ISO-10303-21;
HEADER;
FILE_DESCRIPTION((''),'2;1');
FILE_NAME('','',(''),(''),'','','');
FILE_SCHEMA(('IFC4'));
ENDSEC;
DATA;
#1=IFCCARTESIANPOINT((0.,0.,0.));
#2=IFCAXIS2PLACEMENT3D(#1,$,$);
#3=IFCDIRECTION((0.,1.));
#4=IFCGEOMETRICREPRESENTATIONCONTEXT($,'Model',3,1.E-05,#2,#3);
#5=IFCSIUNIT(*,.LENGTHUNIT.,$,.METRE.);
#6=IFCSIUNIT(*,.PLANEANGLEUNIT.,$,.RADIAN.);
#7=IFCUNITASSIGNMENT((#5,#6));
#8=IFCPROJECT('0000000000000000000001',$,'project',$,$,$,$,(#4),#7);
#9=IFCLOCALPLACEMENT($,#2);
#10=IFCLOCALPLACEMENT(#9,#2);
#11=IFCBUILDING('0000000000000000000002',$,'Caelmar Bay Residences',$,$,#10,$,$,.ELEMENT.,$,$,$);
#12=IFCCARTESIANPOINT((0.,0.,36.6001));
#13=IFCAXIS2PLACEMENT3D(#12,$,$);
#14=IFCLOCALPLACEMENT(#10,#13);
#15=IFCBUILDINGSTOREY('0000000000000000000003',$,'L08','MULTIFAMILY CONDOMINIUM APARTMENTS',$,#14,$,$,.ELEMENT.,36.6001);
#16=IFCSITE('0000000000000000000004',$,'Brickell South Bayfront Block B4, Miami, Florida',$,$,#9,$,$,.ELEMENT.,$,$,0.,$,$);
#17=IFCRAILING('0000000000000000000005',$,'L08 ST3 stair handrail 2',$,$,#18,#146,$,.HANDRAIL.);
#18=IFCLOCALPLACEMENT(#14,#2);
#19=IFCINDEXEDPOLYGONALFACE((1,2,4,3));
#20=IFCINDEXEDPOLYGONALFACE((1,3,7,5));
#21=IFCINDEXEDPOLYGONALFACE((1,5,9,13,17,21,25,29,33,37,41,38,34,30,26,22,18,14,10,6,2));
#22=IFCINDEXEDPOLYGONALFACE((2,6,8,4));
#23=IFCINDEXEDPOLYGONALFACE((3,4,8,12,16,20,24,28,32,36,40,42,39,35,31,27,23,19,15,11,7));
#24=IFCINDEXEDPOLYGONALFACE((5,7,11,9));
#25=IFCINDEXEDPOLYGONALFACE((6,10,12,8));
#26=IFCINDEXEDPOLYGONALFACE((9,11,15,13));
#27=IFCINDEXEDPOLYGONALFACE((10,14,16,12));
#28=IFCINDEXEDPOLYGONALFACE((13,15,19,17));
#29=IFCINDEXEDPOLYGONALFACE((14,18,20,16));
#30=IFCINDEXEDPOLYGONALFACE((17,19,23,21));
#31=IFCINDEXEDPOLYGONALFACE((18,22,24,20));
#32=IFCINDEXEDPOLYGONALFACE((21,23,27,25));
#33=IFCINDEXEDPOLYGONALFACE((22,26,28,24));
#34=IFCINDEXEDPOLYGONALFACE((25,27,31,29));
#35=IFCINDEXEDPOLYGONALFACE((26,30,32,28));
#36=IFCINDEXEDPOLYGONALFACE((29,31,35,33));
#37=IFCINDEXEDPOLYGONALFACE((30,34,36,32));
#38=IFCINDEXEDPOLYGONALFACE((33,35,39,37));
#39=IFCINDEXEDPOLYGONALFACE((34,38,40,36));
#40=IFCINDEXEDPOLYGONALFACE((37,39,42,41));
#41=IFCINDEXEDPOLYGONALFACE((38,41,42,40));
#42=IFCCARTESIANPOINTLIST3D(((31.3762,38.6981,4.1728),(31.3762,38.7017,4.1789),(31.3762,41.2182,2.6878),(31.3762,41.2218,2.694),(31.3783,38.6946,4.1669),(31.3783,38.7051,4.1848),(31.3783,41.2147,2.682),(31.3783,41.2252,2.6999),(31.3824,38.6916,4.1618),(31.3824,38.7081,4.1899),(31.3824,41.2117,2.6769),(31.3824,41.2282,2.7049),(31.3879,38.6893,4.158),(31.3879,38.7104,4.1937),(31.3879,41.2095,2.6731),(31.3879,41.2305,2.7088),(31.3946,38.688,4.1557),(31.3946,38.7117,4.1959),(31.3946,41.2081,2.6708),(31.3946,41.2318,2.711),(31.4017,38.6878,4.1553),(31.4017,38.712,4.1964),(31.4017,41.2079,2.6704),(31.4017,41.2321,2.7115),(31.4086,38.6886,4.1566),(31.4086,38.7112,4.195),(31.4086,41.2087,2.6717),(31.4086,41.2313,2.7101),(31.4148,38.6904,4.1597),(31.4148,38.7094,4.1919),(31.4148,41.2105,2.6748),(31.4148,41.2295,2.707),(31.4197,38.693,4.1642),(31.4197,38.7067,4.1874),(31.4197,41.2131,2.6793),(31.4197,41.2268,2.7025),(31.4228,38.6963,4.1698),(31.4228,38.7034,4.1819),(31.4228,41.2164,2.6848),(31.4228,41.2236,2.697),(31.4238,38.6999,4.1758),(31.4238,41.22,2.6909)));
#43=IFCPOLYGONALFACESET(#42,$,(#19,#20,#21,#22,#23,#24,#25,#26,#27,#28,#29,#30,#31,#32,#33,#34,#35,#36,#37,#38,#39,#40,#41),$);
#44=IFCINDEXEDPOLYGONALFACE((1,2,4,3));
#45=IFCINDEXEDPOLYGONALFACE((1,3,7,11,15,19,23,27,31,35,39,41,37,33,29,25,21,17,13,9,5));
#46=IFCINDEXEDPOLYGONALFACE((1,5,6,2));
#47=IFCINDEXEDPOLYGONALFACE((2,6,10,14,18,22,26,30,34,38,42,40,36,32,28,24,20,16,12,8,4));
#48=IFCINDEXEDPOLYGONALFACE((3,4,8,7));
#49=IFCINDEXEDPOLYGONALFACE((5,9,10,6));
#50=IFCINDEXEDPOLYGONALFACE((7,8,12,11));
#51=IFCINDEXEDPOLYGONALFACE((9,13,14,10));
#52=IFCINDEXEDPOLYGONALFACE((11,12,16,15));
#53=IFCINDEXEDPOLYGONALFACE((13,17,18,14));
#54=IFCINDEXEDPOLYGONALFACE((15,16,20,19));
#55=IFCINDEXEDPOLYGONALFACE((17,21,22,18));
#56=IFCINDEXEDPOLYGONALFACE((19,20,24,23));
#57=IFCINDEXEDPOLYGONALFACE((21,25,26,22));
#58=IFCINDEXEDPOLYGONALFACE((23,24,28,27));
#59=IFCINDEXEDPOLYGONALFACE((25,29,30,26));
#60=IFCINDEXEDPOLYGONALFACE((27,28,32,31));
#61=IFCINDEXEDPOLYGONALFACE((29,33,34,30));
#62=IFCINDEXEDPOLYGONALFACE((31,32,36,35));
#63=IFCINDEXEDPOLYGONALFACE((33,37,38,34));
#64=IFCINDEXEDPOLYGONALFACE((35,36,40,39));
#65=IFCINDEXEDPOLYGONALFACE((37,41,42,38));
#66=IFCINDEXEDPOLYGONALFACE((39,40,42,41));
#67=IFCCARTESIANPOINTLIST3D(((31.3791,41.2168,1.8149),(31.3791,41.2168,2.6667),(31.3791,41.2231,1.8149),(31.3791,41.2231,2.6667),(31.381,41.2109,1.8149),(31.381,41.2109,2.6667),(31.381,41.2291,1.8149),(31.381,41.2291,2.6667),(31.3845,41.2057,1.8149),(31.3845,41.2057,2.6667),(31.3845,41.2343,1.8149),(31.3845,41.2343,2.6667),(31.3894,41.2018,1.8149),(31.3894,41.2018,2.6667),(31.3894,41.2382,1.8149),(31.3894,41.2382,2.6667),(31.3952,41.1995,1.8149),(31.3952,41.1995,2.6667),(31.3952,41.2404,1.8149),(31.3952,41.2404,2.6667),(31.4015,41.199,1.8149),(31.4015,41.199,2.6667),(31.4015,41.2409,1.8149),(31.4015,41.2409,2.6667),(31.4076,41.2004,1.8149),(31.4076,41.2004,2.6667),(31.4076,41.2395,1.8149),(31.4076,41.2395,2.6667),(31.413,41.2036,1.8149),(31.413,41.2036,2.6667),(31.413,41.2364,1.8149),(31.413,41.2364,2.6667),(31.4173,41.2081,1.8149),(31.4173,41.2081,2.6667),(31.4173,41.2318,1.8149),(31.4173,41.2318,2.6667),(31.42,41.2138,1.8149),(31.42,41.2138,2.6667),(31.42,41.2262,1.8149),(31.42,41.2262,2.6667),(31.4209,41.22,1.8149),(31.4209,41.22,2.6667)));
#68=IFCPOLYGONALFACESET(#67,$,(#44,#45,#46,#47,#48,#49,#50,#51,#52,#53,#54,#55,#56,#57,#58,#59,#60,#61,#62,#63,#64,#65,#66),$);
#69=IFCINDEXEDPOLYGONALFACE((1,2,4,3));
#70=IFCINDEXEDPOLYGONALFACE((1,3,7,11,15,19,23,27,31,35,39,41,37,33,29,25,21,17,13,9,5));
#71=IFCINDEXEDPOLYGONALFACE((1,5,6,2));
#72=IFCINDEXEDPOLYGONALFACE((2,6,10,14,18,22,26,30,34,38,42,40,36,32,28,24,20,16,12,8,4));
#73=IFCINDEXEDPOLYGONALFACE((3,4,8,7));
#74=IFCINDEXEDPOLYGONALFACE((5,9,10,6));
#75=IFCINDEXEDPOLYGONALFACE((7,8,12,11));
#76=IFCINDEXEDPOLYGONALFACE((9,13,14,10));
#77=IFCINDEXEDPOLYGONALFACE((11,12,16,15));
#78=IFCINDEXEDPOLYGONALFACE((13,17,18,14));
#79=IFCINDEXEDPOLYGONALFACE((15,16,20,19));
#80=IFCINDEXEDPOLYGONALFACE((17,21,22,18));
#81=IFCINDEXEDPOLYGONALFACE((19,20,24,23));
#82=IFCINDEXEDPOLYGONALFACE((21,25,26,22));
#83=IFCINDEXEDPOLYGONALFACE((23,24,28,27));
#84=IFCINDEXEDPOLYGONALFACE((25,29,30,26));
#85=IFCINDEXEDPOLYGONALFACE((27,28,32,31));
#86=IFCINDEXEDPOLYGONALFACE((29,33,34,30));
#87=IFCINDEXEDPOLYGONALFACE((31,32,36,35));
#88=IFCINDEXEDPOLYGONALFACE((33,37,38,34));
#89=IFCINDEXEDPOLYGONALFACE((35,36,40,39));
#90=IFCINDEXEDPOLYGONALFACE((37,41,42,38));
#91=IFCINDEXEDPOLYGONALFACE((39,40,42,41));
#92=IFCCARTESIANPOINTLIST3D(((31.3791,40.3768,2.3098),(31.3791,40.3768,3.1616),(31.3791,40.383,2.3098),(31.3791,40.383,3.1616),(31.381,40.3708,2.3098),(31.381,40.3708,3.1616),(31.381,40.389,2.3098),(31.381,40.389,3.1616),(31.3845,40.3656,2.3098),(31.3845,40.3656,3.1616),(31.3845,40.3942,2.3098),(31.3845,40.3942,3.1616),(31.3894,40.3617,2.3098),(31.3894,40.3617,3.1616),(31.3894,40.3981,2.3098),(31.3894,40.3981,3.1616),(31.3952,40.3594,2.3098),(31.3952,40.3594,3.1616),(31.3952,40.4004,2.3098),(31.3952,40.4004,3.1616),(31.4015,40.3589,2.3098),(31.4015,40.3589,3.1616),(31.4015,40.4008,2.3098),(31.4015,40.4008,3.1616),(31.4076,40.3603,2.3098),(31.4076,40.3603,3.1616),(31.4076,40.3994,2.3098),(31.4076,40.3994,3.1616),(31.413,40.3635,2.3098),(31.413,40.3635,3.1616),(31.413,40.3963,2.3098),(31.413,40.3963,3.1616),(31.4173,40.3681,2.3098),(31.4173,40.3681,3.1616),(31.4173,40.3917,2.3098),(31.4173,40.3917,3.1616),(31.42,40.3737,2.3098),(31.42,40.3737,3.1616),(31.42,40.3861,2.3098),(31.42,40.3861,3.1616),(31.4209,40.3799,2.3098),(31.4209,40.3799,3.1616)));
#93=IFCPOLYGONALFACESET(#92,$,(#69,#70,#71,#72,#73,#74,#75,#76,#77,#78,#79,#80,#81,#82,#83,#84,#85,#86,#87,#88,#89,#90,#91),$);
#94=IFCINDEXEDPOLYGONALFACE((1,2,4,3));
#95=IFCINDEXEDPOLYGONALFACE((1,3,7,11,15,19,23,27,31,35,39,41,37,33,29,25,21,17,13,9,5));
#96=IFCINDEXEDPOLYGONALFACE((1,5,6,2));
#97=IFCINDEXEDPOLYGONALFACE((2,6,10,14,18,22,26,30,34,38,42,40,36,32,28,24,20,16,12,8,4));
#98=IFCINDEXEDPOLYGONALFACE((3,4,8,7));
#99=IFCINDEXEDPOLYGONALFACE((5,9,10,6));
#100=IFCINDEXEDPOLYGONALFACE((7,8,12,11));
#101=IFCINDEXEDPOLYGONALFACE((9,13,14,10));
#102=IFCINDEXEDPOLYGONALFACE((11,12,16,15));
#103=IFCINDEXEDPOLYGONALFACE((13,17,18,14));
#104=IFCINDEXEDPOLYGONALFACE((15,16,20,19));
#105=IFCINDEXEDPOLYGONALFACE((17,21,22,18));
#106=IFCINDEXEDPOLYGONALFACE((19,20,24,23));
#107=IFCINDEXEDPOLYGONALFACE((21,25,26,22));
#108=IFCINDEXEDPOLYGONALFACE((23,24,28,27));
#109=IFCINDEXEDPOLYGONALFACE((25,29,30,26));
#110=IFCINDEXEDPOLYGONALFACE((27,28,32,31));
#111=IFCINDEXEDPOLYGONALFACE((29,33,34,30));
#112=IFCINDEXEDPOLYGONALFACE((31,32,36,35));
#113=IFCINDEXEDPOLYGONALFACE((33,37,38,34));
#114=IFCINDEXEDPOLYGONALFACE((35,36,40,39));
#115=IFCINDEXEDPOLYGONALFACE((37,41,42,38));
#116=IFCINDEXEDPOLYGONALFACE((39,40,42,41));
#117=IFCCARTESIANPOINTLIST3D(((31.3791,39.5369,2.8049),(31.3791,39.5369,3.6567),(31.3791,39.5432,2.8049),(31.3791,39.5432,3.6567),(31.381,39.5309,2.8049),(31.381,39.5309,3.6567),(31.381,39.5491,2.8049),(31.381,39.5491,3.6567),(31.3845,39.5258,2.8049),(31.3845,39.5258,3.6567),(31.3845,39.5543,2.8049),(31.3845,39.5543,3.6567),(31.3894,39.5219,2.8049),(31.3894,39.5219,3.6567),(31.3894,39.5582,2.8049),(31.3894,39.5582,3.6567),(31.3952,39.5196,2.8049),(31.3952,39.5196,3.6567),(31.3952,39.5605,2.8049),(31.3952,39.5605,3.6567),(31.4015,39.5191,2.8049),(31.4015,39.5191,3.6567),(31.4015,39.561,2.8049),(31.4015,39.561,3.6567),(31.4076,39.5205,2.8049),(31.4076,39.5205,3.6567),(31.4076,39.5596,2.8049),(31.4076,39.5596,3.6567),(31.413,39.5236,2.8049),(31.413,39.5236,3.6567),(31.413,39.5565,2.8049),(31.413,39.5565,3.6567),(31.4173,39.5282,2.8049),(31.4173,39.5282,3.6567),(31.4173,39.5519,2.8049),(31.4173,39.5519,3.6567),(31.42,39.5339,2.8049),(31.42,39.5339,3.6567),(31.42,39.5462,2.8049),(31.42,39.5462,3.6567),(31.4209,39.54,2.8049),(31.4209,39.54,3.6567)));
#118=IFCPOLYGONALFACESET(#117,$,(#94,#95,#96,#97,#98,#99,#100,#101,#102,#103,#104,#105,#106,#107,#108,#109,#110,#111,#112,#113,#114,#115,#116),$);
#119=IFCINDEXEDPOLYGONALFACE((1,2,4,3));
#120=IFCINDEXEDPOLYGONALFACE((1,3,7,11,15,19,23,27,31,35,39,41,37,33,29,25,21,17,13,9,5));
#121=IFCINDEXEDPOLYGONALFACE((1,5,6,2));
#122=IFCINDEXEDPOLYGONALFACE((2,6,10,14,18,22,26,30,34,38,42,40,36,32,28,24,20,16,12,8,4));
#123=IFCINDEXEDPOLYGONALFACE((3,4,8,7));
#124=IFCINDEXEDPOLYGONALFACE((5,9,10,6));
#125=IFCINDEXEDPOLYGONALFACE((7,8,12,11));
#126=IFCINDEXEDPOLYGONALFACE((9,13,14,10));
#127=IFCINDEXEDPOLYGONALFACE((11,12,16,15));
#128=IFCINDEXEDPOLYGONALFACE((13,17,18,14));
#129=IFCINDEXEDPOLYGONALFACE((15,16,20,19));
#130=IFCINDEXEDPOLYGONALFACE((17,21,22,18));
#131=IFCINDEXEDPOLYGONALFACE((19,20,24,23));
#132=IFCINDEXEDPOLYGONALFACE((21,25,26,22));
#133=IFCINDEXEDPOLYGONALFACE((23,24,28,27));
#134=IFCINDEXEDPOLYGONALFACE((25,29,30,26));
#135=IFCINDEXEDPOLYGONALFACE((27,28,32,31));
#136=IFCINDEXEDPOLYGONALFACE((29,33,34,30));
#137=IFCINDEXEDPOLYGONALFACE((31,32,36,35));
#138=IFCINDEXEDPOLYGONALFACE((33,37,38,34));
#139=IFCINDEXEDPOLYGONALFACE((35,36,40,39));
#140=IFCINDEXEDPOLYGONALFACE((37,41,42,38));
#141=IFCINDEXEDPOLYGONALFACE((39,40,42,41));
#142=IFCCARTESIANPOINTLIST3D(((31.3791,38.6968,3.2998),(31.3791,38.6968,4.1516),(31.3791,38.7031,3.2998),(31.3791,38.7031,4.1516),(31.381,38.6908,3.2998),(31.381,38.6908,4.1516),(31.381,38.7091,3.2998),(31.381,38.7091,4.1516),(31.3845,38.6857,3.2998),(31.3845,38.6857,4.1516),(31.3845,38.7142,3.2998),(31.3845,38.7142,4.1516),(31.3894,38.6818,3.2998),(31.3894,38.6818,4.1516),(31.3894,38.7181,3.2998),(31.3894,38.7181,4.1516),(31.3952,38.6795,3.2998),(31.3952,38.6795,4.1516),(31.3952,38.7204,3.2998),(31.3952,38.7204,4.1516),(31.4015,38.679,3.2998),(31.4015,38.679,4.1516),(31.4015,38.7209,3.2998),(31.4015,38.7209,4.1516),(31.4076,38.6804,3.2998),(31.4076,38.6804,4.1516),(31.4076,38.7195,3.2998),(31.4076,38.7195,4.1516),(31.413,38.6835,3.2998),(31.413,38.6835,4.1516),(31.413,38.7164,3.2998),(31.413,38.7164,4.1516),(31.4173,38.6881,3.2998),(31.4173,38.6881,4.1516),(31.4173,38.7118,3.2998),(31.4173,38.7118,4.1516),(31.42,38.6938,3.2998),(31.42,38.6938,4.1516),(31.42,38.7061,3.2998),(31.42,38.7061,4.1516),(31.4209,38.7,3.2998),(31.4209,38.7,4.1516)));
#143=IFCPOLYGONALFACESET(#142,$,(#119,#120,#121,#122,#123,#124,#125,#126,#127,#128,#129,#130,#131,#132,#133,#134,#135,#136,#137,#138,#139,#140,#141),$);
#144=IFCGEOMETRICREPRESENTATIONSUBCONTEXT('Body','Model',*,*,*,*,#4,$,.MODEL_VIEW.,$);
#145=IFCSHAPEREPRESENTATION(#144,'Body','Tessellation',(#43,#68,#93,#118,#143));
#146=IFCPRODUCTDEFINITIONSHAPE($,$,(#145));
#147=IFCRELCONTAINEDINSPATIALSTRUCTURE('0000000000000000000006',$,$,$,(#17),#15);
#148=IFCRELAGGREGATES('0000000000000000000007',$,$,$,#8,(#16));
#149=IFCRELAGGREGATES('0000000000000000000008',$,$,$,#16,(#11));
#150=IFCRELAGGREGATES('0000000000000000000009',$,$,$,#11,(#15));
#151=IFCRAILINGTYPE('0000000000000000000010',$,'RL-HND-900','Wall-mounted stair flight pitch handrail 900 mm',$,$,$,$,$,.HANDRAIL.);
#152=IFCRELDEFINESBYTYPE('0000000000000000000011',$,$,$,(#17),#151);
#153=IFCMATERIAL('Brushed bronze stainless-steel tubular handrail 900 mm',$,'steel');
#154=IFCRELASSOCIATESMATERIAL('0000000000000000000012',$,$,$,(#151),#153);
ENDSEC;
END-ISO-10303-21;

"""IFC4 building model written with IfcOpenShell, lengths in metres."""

from ifc_helpers import new_model, si_unit, direction, frame, origin, origin_2d, place, context, subcontext, project, spatial, circle, extrude, material, type_object, element, save


model = new_model("IFC4")

# Units and contexts
model_context = context("Model", 3, precision=1e-05, world=origin(), true_north=direction((0.0, 1.0)))
body_context = subcontext(model_context, "Body", "Model", "MODEL_VIEW")
ifc_project = project(units=[si_unit("LENGTHUNIT", "METRE"), si_unit("PLANEANGLEUNIT", "RADIAN")], contexts=[model_context])

# Site, building, storey
site_placement = place(None, origin())
site = spatial("IfcSite", under=ifc_project, at=site_placement, Name="Brickell South Bayfront Block B4, Miami, Florida", CompositionType="ELEMENT", RefElevation=0.0)
building_placement = place(site_placement, origin())
building = spatial("IfcBuilding", under=site, at=building_placement, Name="Caelmar Bay Residences", CompositionType="ELEMENT")
storey_placement = place(building_placement, frame((0.0, 0.0, 36.6001)))
storey = spatial("IfcBuildingStorey", under=building, at=storey_placement, Name="L08", Description="MULTIFAMILY CONDOMINIUM APARTMENTS", CompositionType="ELEMENT", Elevation=36.6001)

# Railing
ifc_material_1 = material(Name="Brushed bronze stainless-steel tubular handrail 900 mm", Category="steel")
railing_type_1 = type_object("IfcRailingType", Name="RL-HND-900", Description="Wall-mounted stair flight pitch handrail 900 mm", PredefinedType="HANDRAIL", material=ifc_material_1)
railing_1_placement = place(storey_placement, frame((31.3999, 41.22, 1.8149)))
element("IfcRailing", 1, at=railing_1_placement, inside=storey, type_object=railing_type_1, Name="L08 ST3 stair handrail 2", PredefinedType="HANDRAIL", context=body_context, shape_type="SweptSolid", body=[
    extrude(circle(Radius=0.0239, at=origin_2d()), frame((0.0, 0.0, 0.876), z_axis=(0.0, -0.861561, 0.507655), x_axis=(1.0, 0.0, 0.0)), (0.0, 0.0, 1.0), 2.925),
    extrude(circle(Radius=0.021, at=origin_2d()), origin(), (0.0, 0.0, 1.0), 0.8518),
    extrude(circle(Radius=0.021, at=origin_2d()), frame((0.0, -0.8401, 0.4949)), (0.0, 0.0, 1.0), 0.8518),
    extrude(circle(Radius=0.021, at=origin_2d()), frame((0.0, -1.6799, 0.99)), (0.0, 0.0, 1.0), 0.8518),
    extrude(circle(Radius=0.021, at=origin_2d()), frame((0.0, -2.52, 1.4849)), (0.0, 0.0, 1.0), 0.8518),
])

save(model, "model.ifc")
